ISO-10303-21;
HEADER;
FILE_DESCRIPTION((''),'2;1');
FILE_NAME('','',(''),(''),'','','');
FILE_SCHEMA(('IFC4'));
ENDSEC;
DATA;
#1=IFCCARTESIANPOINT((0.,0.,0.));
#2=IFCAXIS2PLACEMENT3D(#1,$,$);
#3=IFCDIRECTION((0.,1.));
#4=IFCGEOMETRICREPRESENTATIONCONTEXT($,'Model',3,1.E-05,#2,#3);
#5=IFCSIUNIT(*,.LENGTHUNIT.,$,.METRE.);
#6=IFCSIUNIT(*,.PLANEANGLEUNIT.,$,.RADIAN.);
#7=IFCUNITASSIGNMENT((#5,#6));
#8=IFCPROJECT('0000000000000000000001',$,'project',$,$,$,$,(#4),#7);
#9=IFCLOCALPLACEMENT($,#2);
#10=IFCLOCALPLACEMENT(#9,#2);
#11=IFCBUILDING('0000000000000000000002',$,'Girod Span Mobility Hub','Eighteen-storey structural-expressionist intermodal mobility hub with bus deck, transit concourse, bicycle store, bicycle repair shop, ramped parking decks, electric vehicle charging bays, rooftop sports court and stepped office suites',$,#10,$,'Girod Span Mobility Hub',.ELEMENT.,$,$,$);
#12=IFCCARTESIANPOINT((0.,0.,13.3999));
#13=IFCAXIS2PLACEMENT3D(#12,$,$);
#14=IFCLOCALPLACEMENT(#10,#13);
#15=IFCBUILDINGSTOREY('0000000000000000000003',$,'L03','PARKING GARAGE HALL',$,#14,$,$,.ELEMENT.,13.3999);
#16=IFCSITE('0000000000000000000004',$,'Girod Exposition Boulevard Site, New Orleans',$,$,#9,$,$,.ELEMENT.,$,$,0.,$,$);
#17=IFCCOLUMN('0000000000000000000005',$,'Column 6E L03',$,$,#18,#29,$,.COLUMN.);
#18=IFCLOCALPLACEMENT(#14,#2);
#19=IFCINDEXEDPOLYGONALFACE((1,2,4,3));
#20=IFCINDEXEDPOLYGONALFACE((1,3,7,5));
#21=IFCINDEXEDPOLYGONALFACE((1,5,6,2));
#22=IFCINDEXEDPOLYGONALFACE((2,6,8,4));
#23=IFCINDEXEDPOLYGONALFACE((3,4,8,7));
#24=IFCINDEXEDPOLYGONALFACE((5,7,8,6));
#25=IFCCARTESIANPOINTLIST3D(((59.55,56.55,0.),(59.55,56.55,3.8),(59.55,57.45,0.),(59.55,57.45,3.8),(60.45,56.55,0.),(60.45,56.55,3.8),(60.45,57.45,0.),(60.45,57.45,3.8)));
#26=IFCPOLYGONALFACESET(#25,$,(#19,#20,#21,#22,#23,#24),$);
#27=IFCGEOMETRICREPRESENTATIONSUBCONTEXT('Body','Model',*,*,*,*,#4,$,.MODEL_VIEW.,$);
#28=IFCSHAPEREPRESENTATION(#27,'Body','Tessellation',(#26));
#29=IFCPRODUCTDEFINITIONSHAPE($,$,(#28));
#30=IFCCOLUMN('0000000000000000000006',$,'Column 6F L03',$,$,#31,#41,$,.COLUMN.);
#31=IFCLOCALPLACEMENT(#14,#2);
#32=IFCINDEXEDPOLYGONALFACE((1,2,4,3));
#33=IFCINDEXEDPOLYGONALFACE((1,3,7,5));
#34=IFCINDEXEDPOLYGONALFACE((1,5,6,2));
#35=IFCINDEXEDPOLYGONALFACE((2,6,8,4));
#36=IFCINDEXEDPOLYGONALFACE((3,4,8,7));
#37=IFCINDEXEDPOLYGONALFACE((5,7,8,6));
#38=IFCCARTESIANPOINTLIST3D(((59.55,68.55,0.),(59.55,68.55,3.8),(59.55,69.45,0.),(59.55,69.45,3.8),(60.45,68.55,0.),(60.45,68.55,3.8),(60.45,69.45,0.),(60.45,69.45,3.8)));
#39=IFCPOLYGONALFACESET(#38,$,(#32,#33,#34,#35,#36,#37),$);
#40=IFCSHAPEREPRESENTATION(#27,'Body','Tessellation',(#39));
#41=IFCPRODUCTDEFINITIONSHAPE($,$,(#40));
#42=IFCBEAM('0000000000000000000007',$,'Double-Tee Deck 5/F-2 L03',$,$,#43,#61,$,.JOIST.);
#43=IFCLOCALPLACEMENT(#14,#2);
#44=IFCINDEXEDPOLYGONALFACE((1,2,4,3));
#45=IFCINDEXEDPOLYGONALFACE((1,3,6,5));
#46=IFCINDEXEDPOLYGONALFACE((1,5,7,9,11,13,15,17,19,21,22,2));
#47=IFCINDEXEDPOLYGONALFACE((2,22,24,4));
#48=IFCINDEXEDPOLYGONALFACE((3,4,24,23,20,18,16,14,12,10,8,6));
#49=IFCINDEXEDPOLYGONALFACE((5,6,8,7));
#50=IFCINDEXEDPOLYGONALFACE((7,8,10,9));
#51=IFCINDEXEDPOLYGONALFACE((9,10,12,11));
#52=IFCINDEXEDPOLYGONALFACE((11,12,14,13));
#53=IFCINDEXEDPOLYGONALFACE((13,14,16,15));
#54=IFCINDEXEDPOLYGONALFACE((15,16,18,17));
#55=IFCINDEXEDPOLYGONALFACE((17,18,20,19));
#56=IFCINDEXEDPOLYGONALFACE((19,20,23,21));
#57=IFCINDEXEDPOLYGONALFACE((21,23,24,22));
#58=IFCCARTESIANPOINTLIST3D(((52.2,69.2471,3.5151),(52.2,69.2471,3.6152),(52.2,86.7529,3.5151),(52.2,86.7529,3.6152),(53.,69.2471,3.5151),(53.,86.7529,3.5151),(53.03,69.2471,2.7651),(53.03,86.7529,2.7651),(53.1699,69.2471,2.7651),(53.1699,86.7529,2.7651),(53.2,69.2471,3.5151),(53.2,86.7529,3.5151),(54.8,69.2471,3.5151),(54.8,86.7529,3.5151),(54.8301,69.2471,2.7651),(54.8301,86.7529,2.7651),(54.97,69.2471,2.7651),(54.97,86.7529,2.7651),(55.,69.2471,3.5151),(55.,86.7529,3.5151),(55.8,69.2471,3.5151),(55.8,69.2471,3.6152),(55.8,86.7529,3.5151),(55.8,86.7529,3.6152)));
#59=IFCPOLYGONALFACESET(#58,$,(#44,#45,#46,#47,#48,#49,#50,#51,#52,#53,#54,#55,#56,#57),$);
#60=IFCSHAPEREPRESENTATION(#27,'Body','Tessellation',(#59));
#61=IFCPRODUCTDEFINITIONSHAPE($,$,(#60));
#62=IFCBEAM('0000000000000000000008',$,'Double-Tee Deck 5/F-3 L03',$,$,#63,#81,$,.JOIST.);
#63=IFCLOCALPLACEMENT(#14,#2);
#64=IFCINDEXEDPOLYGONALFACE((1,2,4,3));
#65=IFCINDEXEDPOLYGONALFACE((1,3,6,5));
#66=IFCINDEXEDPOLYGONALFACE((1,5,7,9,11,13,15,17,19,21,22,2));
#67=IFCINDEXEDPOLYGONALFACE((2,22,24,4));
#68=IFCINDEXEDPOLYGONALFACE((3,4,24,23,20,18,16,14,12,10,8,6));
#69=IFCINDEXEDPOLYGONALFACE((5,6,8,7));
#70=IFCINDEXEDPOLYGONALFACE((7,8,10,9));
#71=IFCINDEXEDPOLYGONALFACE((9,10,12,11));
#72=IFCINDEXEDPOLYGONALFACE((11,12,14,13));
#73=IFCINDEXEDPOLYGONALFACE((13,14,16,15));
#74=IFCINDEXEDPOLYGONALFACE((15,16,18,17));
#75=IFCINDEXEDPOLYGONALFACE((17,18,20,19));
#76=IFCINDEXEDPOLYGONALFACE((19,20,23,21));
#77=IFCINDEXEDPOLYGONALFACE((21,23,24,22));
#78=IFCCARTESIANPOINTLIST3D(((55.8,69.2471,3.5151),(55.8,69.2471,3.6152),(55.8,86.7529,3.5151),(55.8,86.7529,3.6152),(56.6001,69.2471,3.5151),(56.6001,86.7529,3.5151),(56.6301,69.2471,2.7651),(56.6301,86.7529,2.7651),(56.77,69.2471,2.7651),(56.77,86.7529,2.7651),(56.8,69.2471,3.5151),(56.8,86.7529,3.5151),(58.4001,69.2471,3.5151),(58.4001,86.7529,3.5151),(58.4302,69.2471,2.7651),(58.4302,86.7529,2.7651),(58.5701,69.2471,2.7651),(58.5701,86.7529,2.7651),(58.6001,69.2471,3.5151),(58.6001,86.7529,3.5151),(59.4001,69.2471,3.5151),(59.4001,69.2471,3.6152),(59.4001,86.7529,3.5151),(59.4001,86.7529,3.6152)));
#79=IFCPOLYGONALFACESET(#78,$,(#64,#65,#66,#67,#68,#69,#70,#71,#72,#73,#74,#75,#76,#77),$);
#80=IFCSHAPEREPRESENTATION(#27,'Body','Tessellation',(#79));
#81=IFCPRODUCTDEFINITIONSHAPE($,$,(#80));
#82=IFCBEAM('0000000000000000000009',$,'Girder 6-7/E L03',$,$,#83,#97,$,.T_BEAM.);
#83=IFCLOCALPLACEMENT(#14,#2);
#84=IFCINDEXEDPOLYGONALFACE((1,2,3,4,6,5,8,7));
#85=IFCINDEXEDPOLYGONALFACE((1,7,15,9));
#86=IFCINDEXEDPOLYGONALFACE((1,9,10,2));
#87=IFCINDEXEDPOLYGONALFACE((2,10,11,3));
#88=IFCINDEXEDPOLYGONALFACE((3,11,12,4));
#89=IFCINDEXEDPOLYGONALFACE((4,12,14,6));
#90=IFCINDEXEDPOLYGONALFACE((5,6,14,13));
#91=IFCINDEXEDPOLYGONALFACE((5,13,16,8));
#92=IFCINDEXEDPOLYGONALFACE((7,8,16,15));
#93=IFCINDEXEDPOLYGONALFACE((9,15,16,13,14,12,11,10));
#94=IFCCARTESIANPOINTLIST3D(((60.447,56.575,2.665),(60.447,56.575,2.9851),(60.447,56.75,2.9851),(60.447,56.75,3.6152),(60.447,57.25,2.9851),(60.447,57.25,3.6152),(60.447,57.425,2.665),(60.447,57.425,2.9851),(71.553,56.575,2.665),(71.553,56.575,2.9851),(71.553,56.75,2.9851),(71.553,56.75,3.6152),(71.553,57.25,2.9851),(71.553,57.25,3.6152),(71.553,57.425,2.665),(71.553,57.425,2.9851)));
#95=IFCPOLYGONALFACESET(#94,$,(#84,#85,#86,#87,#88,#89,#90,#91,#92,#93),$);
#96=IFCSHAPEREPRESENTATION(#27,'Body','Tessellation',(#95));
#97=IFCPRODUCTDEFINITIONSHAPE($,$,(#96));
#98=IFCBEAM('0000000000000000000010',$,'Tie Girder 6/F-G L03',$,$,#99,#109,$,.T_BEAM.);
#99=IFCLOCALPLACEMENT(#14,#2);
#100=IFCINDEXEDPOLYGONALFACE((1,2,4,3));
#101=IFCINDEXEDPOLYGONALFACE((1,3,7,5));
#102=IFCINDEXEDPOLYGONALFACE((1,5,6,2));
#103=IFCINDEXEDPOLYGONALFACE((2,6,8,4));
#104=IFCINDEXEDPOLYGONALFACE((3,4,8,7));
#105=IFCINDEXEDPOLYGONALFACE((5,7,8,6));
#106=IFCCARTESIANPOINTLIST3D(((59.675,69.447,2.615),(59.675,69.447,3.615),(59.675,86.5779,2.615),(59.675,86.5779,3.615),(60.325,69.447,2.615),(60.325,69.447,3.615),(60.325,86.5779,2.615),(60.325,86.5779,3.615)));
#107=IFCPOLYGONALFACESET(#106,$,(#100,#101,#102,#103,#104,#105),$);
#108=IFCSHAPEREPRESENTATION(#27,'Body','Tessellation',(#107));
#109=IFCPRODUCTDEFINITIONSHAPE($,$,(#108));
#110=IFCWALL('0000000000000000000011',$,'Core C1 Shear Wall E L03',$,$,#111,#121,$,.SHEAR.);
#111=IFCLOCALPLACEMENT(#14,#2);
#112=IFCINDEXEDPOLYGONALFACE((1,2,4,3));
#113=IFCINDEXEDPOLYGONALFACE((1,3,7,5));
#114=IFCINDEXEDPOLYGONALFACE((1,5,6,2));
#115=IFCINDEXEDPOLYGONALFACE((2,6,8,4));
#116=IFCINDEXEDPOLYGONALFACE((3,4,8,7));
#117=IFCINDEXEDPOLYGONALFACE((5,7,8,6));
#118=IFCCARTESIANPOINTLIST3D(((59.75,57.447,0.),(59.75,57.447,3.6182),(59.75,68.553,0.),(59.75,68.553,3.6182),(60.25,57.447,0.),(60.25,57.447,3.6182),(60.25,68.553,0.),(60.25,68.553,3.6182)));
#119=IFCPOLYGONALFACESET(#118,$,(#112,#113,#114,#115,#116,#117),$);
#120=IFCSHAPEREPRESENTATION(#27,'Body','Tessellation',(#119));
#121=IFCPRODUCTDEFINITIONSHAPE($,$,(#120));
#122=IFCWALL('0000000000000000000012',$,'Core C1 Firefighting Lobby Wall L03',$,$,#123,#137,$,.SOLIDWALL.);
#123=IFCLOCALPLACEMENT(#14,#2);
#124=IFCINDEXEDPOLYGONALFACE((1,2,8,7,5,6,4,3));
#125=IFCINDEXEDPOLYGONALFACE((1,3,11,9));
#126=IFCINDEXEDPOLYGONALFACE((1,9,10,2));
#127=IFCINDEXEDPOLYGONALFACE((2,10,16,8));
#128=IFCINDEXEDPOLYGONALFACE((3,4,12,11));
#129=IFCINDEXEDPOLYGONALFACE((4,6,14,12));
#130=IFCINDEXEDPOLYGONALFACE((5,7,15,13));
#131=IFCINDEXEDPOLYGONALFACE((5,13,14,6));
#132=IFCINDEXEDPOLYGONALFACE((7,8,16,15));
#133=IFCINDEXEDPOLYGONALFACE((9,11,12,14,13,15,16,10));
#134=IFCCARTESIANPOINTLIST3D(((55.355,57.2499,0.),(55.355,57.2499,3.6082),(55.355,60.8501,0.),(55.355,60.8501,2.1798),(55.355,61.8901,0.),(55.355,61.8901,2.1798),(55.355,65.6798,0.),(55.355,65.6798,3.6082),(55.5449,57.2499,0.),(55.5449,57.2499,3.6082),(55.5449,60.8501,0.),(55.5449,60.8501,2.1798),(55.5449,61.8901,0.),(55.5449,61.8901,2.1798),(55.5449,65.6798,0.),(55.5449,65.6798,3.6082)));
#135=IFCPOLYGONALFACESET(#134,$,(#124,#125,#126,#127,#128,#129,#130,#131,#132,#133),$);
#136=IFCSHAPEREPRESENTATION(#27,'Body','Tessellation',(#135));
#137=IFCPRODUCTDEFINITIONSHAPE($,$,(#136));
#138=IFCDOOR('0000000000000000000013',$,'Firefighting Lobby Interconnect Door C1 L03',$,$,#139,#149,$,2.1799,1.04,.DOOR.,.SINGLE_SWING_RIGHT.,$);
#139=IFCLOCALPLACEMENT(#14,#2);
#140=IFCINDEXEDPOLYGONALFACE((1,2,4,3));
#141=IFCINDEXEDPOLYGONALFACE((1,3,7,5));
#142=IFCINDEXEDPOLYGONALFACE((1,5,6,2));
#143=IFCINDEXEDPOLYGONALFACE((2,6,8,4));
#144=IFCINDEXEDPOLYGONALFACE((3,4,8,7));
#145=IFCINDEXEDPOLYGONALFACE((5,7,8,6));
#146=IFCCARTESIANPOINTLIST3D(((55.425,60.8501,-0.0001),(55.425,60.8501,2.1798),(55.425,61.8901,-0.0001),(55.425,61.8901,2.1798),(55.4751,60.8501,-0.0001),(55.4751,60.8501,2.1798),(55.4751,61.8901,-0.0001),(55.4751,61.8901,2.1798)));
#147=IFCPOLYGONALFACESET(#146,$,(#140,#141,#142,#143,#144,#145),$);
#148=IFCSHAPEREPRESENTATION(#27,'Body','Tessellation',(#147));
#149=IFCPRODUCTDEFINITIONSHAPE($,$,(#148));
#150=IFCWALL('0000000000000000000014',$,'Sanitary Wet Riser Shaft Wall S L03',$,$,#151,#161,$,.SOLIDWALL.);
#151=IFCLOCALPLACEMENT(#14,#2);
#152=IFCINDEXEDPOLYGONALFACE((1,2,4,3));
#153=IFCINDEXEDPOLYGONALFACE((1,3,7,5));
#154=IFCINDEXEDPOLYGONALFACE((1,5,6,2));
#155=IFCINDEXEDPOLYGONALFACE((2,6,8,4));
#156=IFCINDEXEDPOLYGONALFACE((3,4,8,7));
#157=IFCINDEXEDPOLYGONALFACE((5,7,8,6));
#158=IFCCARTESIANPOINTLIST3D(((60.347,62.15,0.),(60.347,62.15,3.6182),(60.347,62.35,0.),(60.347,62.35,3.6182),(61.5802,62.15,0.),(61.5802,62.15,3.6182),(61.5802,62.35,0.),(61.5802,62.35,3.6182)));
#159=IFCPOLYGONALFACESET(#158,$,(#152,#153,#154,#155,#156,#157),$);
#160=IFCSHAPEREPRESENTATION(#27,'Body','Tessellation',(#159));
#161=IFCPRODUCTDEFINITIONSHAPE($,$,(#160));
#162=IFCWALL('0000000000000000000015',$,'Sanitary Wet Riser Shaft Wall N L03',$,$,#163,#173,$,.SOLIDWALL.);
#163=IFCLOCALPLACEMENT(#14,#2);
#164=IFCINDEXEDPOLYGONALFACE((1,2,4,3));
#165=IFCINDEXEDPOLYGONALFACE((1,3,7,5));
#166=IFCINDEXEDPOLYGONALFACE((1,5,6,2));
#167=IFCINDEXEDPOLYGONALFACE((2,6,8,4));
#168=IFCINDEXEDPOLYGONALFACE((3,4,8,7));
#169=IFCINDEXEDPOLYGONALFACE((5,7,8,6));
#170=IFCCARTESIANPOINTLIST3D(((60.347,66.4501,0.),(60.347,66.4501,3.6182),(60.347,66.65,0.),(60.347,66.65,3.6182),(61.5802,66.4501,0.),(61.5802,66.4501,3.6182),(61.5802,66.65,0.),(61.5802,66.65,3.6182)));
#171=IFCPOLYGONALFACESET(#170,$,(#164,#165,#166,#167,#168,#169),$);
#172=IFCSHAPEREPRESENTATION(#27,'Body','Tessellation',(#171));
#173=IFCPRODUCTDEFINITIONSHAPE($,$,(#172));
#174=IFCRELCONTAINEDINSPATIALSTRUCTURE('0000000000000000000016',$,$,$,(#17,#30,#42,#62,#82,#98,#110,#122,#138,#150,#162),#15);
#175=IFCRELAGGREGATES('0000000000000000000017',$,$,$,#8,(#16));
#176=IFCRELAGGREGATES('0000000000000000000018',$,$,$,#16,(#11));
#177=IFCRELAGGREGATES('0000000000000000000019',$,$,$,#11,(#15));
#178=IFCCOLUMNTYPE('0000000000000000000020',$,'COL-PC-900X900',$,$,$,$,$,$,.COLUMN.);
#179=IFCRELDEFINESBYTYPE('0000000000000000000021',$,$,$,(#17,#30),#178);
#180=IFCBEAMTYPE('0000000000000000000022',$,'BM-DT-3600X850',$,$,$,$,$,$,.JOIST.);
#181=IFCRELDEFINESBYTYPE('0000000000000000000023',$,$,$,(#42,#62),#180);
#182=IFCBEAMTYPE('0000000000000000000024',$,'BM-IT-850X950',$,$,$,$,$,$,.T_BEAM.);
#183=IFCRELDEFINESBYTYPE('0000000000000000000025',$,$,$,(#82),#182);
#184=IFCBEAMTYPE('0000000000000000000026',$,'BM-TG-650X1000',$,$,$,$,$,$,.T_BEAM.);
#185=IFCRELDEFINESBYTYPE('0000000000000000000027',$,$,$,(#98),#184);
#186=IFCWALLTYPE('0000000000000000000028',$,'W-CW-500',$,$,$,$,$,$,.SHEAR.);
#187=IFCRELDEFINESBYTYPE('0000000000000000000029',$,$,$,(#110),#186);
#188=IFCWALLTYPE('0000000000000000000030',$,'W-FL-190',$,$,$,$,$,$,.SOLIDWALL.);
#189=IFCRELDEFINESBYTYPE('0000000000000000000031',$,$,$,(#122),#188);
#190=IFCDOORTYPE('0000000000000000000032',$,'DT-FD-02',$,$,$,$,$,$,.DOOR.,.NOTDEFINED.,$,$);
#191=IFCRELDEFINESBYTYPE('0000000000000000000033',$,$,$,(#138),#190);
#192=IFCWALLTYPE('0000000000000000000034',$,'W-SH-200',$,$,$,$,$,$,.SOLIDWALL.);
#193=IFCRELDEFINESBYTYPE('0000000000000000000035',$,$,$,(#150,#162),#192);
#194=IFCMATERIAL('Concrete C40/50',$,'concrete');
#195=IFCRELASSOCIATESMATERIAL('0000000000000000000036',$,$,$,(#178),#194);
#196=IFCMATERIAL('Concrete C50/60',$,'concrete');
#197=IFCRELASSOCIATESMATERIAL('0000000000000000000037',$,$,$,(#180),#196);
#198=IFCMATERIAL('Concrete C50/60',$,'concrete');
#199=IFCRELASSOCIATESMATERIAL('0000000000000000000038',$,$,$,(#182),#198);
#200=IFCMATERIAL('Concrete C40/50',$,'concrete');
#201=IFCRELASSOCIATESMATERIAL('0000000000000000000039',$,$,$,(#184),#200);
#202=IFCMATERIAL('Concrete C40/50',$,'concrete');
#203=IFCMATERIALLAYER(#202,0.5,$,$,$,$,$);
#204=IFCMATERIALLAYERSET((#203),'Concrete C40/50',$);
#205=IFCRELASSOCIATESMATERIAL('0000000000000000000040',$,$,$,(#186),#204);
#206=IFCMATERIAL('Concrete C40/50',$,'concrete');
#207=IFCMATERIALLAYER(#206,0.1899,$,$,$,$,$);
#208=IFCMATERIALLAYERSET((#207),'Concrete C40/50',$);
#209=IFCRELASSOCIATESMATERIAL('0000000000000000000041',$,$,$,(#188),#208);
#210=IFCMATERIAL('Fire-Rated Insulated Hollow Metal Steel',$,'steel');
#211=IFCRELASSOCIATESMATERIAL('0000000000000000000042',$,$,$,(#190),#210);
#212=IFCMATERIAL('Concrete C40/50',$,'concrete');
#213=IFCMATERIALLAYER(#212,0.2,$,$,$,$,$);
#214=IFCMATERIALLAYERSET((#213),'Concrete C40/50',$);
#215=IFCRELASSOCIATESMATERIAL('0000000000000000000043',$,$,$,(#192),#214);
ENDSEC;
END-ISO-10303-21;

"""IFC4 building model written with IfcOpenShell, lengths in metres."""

from ifc_helpers import new_model, si_unit, direction, frame, frame_2d, origin, origin_2d, place, context, subcontext, project, spatial, polyline, rectangle, outline, extrude, material, layer, layer_set, material_profile, profile_set, type_object, element, fill, save


model = new_model("IFC4")

# Units and contexts
model_context = context("Model", 3, precision=1e-05, world=origin(), true_north=direction((0.0, 1.0)))
body_context = subcontext(model_context, "Body", "Model", "MODEL_VIEW")
ifc_project = project(units=[si_unit("LENGTHUNIT", "METRE"), si_unit("PLANEANGLEUNIT", "RADIAN")], contexts=[model_context])

# Site, building, storey
site_placement = place(None, origin())
site = spatial("IfcSite", under=ifc_project, at=site_placement, Name="Girod Exposition Boulevard Site, New Orleans", CompositionType="ELEMENT", RefElevation=0.0)
building_placement = place(site_placement, origin())
building = spatial("IfcBuilding", under=site, at=building_placement, Name="Girod Span Mobility Hub", Description="Eighteen-storey structural-expressionist intermodal mobility hub with bus deck, transit concourse, bicycle store, bicycle repair shop, ramped parking decks, electric vehicle charging bays, rooftop sports court and stepped office suites", LongName="Girod Span Mobility Hub", CompositionType="ELEMENT")
storey_placement = place(building_placement, frame((0.0, 0.0, 13.3999)))
storey = spatial("IfcBuildingStorey", under=building, at=storey_placement, Name="L03", Description="PARKING GARAGE HALL", CompositionType="ELEMENT", Elevation=13.3999)

# Columns
ifc_material_1 = material(Name="Concrete C40/50", Category="concrete")
ifc_material_profile_1 = material_profile(ifc_material_1, rectangle(XDim=0.8999, YDim=0.8999, at=origin_2d()), Name="PC-COL-900X900")
ifc_profile_set_1 = profile_set([ifc_material_profile_1], Name="Concrete C40/50")
column_type = type_object("IfcColumnType", Name="COL-PC-900X900", PredefinedType="COLUMN", material=ifc_profile_set_1)
for number, where, z_axis, x_axis, name in (
    (1, (60.0, 57.0, 0.0), (0.0, 0.0, 1.0), (1.0, 0.0, 0.0), "Column 6E L03"),
    (2, (60.0, 69.0, 0.0), (0.0, 0.0, 1.0), (1.0, 0.0, 0.0), "Column 6F L03"),
):
    element("IfcColumn", number, at=place(storey_placement, frame(where, z_axis=z_axis, x_axis=x_axis)), inside=storey, type_object=column_type, Name=name, PredefinedType="COLUMN", context=body_context, shape_type="SweptSolid", body=[
        extrude(rectangle(XDim=0.8999, YDim=0.8999, at=origin_2d()), origin(), (0.0, 0.0, 1.0), 3.8),
    ])

# Beams
ifc_material_2 = material(Name="Concrete C50/60", Category="concrete")
ifc_material_profile_2 = material_profile(ifc_material_2, outline(polyline([(-1.8, 0.425), (-1.8, 0.325), (-1.0, 0.325), (-0.97, -0.425), (-0.8301, -0.425), (-0.8, 0.325), (0.8, 0.325), (0.8301, -0.425), (0.97, -0.425), (1.0, 0.325), (1.8, 0.325), (1.8, 0.425), (-1.8, 0.425)])), Name="DT-3600X850")
ifc_profile_set_2 = profile_set([ifc_material_profile_2], Name="Concrete C50/60")
beam_type_1 = type_object("IfcBeamType", Name="BM-DT-3600X850", PredefinedType="JOIST", material=ifc_profile_set_2)
for number, where, z_axis, x_axis, name in (
    (3, (54.0, 69.2471, 3.1902), (0.0, 1.0, 0.0), (-1.0, 0.0, 0.0), "Double-Tee Deck 5/F-2 L03"),
    (4, (57.6001, 69.2471, 3.1902), (0.0, 1.0, 0.0), (-1.0, 0.0, 0.0), "Double-Tee Deck 5/F-3 L03"),
):
    element("IfcBeam", number, at=place(storey_placement, frame(where, z_axis=z_axis, x_axis=x_axis)), inside=storey, type_object=beam_type_1, Name=name, PredefinedType="JOIST", context=body_context, shape_type="SweptSolid", body=[
        extrude(outline(polyline([(-1.8, 0.425), (-1.8, 0.325), (-1.0, 0.325), (-0.97, -0.425), (-0.8301, -0.425), (-0.8, 0.325), (0.8, 0.325), (0.8301, -0.425), (0.97, -0.425), (1.0, 0.325), (1.8, 0.325), (1.8, 0.425), (-1.8, 0.425)])), origin(), (0.0, 0.0, 1.0), 17.5059),
    ])
ifc_material_3 = material(Name="Concrete C50/60", Category="concrete")
ifc_material_profile_3 = material_profile(ifc_material_3, outline(polyline([(-0.425, -0.4751), (0.425, -0.4751), (0.425, -0.155), (0.25, -0.155), (0.25, 0.4751), (-0.25, 0.4751), (-0.25, -0.155), (-0.425, -0.155), (-0.425, -0.4751)])), Name="IT-850X950")
ifc_profile_set_3 = profile_set([ifc_material_profile_3], Name="Concrete C50/60")
beam_type_2 = type_object("IfcBeamType", Name="BM-IT-850X950", PredefinedType="T_BEAM", material=ifc_profile_set_3)
beam_1_placement = place(storey_placement, frame((60.447, 57.0, 3.1401), z_axis=(1.0, 0.0, 0.0), x_axis=(0.0, 1.0, 0.0)))
element("IfcBeam", 5, at=beam_1_placement, inside=storey, type_object=beam_type_2, Name="Girder 6-7/E L03", PredefinedType="T_BEAM", context=body_context, shape_type="SweptSolid", body=[
    extrude(outline(polyline([(-0.425, -0.4751), (0.425, -0.4751), (0.425, -0.155), (0.25, -0.155), (0.25, 0.4751), (-0.25, 0.4751), (-0.25, -0.155), (-0.425, -0.155), (-0.425, -0.4751)])), origin(), (0.0, 0.0, 1.0), 11.106),
])
ifc_material_4 = material(Name="Concrete C40/50", Category="concrete")
ifc_material_profile_4 = material_profile(ifc_material_4, rectangle(XDim=0.6499, YDim=1.0, at=origin_2d()), Name="TG-650X1000")
ifc_profile_set_4 = profile_set([ifc_material_profile_4], Name="Concrete C40/50")
beam_type_3 = type_object("IfcBeamType", Name="BM-TG-650X1000", PredefinedType="T_BEAM", material=ifc_profile_set_4)
beam_2_placement = place(storey_placement, frame((60.0, 69.447, 3.115), z_axis=(0.0, 1.0, 0.0), x_axis=(-1.0, 0.0, 0.0)))
element("IfcBeam", 6, at=beam_2_placement, inside=storey, type_object=beam_type_3, Name="Tie Girder 6/F-G L03", PredefinedType="T_BEAM", context=body_context, shape_type="SweptSolid", body=[
    extrude(rectangle(XDim=0.6499, YDim=1.0, at=origin_2d()), origin(), (0.0, 0.0, 1.0), 17.1309),
])

# Wall
ifc_material_5 = material(Name="Concrete C40/50", Category="concrete")
ifc_layer_1 = layer(ifc_material_5, 0.5)
ifc_layer_set_1 = layer_set([ifc_layer_1], Name="Concrete C40/50")
wall_type_1 = type_object("IfcWallType", Name="W-CW-500", PredefinedType="SHEAR", material=ifc_layer_set_1)
wall_1_placement = place(storey_placement, frame((60.0, 57.447, 0.0), z_axis=(0.0, 0.0, 1.0), x_axis=(0.0, 1.0, 0.0)))
element("IfcWall", 7, at=wall_1_placement, inside=storey, type_object=wall_type_1, Name="Core C1 Shear Wall E L03", PredefinedType="SHEAR", context=body_context, shape_type="SweptSolid", body=[
    extrude(rectangle(XDim=11.106, YDim=0.5, at=frame_2d((5.553, 0.0))), origin(), (0.0, 0.0, 1.0), 3.6182),
])

# Wall, opening, door
ifc_material_6 = material(Name="Concrete C40/50", Category="concrete")
ifc_layer_2 = layer(ifc_material_6, 0.1899)
ifc_layer_set_2 = layer_set([ifc_layer_2], Name="Concrete C40/50")
wall_type_2 = type_object("IfcWallType", Name="W-FL-190", PredefinedType="SOLIDWALL", material=ifc_layer_set_2)
wall_2_placement = place(storey_placement, frame((55.45, 57.25, 0.0), z_axis=(0.0, 0.0, 1.0), x_axis=(0.0, 1.0, 0.0)))
wall_2 = element("IfcWall", 8, at=wall_2_placement, inside=storey, type_object=wall_type_2, Name="Core C1 Firefighting Lobby Wall L03", PredefinedType="SOLIDWALL", context=body_context, shape_type="SweptSolid", body=[
    extrude(rectangle(XDim=8.4299, YDim=0.1899, at=frame_2d((4.2148, 0.0))), origin(), (0.0, 0.0, 1.0), 3.6082),
])
opening_1_placement = place(wall_2_placement, frame((3.6001, 0.0, 0.0)))
opening_1 = element("IfcOpeningElement", 9, at=opening_1_placement, cuts=wall_2, PredefinedType="OPENING", context=body_context, shape_type="SweptSolid", body=[
    extrude(rectangle(XDim=1.04, YDim=2.1799, at=frame_2d((0.52, 1.0898))), frame((0.0, 0.1099, 0.0), z_axis=(0.0, -1.0, 0.0), x_axis=(1.0, 0.0, 0.0)), (0.0, 0.0, 1.0), 0.22),
])
ifc_material_7 = material(Name="Fire-Rated Insulated Hollow Metal Steel", Category="steel")
door_type_1 = type_object("IfcDoorType", Name="DT-FD-02", OperationType="NOTDEFINED", PredefinedType="DOOR", material=ifc_material_7)
door_1_placement = place(opening_1_placement, origin())
door_1 = element("IfcDoor", 10, at=door_1_placement, inside=storey, type_object=door_type_1, Name="Firefighting Lobby Interconnect Door C1 L03", OperationType="SINGLE_SWING_RIGHT", OverallHeight=2.1799, OverallWidth=1.04, PredefinedType="DOOR", context=body_context, shape_type="SweptSolid", body=[
    extrude(rectangle(XDim=1.04, YDim=2.1799, at=frame_2d((0.52, 1.0898))), frame((0.0, 0.0249, 0.0), z_axis=(0.0, -1.0, 0.0), x_axis=(1.0, 0.0, 0.0)), (0.0, 0.0, 1.0), 0.05),
])
fill(opening_1, door_1)

# Walls
ifc_material_8 = material(Name="Concrete C40/50", Category="concrete")
ifc_layer_3 = layer(ifc_material_8, 0.2)
ifc_layer_set_3 = layer_set([ifc_layer_3], Name="Concrete C40/50")
wall_type_3 = type_object("IfcWallType", Name="W-SH-200", PredefinedType="SOLIDWALL", material=ifc_layer_set_3)
for number, where, z_axis, x_axis, name in (
    (11, (60.3469, 62.25, 0.0), (0.0, 0.0, 1.0), (1.0, 0.0, 0.0), "Sanitary Wet Riser Shaft Wall S L03"),
    (12, (60.3469, 66.55, 0.0), (0.0, 0.0, 1.0), (1.0, 0.0, 0.0), "Sanitary Wet Riser Shaft Wall N L03"),
):
    element("IfcWall", number, at=place(storey_placement, frame(where, z_axis=z_axis, x_axis=x_axis)), inside=storey, type_object=wall_type_3, Name=name, PredefinedType="SOLIDWALL", context=body_context, shape_type="SweptSolid", body=[
        extrude(rectangle(XDim=1.2332, YDim=0.2, at=frame_2d((0.6167, 0.0))), origin(), (0.0, 0.0, 1.0), 3.6182),
    ])

save(model, "model.ifc")
